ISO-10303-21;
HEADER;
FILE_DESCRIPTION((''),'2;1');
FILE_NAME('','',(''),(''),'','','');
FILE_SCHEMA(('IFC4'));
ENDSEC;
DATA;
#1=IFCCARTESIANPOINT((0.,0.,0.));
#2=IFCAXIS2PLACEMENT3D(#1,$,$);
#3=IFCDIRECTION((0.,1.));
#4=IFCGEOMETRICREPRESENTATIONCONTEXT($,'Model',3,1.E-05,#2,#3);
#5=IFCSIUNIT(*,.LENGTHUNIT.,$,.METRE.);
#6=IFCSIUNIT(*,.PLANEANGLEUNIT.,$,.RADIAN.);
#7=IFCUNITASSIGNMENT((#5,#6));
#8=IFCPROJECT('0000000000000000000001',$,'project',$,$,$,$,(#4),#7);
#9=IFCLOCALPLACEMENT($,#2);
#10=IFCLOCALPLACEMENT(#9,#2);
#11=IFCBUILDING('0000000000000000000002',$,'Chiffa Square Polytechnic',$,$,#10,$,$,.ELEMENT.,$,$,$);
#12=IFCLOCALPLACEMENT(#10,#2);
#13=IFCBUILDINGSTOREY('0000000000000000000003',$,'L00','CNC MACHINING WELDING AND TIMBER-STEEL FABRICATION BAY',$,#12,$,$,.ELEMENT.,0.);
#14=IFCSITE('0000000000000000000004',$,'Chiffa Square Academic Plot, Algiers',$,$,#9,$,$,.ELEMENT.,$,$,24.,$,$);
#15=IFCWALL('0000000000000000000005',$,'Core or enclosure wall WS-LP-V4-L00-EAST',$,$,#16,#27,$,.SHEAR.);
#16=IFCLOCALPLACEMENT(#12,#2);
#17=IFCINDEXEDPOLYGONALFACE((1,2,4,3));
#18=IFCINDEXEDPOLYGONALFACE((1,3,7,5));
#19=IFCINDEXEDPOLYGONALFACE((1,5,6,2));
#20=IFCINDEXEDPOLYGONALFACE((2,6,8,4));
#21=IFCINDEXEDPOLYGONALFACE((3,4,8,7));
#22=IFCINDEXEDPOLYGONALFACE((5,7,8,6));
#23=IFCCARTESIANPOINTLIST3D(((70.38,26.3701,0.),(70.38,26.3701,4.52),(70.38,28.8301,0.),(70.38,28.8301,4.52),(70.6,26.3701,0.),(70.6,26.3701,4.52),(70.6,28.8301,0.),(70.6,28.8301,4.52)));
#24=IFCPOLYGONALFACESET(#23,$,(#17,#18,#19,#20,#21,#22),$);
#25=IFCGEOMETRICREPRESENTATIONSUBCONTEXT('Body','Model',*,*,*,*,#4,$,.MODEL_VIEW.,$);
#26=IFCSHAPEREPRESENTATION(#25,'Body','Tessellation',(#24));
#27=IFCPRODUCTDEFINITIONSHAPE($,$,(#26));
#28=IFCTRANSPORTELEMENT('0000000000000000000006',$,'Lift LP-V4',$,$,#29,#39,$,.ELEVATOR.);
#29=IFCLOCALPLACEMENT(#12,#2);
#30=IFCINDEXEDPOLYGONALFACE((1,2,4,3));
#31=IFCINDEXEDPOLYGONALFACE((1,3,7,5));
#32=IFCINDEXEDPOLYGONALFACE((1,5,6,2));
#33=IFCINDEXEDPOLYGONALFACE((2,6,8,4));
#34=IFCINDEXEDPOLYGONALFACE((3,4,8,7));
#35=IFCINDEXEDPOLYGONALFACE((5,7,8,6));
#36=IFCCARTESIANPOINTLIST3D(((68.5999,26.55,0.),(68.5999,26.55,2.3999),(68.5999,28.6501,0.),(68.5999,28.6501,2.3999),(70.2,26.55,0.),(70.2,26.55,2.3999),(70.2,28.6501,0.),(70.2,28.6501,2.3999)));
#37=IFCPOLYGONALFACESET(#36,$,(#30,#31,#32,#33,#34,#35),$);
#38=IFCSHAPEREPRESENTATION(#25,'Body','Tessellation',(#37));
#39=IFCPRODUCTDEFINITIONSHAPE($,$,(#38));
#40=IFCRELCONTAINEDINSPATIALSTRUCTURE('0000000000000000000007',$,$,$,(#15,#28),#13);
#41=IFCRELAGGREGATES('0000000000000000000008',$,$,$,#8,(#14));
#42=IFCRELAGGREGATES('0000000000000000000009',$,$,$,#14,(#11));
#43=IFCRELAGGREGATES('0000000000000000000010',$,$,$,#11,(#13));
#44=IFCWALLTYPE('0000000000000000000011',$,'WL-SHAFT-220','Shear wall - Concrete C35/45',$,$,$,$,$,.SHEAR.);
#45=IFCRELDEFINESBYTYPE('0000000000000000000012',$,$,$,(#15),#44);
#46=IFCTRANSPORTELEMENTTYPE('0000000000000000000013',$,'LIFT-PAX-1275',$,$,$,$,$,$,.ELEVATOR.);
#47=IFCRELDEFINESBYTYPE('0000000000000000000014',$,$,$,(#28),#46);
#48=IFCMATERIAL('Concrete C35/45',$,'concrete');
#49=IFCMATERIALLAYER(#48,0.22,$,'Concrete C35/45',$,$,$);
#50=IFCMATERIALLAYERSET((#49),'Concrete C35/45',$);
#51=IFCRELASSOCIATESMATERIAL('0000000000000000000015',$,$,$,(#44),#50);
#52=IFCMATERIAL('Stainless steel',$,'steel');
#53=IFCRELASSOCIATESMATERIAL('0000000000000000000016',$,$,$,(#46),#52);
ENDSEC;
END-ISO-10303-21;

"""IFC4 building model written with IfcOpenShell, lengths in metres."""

from ifc_helpers import new_model, si_unit, direction, frame, frame_2d, origin, origin_2d, place, context, subcontext, project, spatial, rectangle, extrude, material, layer, layer_set, type_object, element, save


model = new_model("IFC4")

# Units and contexts
model_context = context("Model", 3, precision=1e-05, world=origin(), true_north=direction((0.0, 1.0)))
body_context = subcontext(model_context, "Body", "Model", "MODEL_VIEW")
ifc_project = project(units=[si_unit("LENGTHUNIT", "METRE"), si_unit("PLANEANGLEUNIT", "RADIAN")], contexts=[model_context])

# Site, building, storey
site_placement = place(None, origin())
site = spatial("IfcSite", under=ifc_project, at=site_placement, Name="Chiffa Square Academic Plot, Algiers", CompositionType="ELEMENT", RefElevation=24.0)
building_placement = place(site_placement, origin())
building = spatial("IfcBuilding", under=site, at=building_placement, Name="Chiffa Square Polytechnic", CompositionType="ELEMENT")
storey_placement = place(building_placement, origin())
storey = spatial("IfcBuildingStorey", under=building, at=storey_placement, Name="L00", Description="CNC MACHINING WELDING AND TIMBER-STEEL FABRICATION BAY", CompositionType="ELEMENT", Elevation=0.0)

# Shared definitions
ifc_material_1 = material(Name="Concrete C35/45", Category="concrete")

# Shared definitions
ifc_layer_1 = layer(ifc_material_1, 0.22, Name="Concrete C35/45")
ifc_layer_set_1 = layer_set([ifc_layer_1], Name="Concrete C35/45")
wall_type_1 = type_object("IfcWallType", Name="WL-SHAFT-220", Description="Shear wall - Concrete C35/45", PredefinedType="SHEAR", material=ifc_layer_set_1)

# Wall
wall_1_placement = place(storey_placement, frame((70.49, 26.3701, 0.0), z_axis=(0.0, 0.0, 1.0), x_axis=(0.0, 1.0, 0.0)))
element("IfcWall", 1, at=wall_1_placement, inside=storey, type_object=wall_type_1, Name="Core or enclosure wall WS-LP-V4-L00-EAST", PredefinedType="SHEAR", context=body_context, shape_type="SweptSolid", body=[
    extrude(rectangle(XDim=2.46, YDim=0.22, at=frame_2d((1.23, 0.0))), origin(), (0.0, 0.0, 1.0), 4.52),
])

# Transport element
ifc_material_2 = material(Name="Stainless steel", Category="steel")
transport_element_type = type_object("IfcTransportElementType", Name="LIFT-PAX-1275", PredefinedType="ELEVATOR", material=ifc_material_2)
transport_element_placement = place(storey_placement, frame((69.3999, 27.6001, 0.0), z_axis=(0.0, 0.0, 1.0), x_axis=(1.0, 0.0, 0.0)))
element("IfcTransportElement", 2, at=transport_element_placement, inside=storey, type_object=transport_element_type, Name="Lift LP-V4", PredefinedType="ELEVATOR", context=body_context, shape_type="SweptSolid", body=[
    extrude(rectangle(XDim=1.6001, YDim=2.1001, at=origin_2d()), origin(), (0.0, 0.0, 1.0), 2.3999),
])

save(model, "model.ifc")
